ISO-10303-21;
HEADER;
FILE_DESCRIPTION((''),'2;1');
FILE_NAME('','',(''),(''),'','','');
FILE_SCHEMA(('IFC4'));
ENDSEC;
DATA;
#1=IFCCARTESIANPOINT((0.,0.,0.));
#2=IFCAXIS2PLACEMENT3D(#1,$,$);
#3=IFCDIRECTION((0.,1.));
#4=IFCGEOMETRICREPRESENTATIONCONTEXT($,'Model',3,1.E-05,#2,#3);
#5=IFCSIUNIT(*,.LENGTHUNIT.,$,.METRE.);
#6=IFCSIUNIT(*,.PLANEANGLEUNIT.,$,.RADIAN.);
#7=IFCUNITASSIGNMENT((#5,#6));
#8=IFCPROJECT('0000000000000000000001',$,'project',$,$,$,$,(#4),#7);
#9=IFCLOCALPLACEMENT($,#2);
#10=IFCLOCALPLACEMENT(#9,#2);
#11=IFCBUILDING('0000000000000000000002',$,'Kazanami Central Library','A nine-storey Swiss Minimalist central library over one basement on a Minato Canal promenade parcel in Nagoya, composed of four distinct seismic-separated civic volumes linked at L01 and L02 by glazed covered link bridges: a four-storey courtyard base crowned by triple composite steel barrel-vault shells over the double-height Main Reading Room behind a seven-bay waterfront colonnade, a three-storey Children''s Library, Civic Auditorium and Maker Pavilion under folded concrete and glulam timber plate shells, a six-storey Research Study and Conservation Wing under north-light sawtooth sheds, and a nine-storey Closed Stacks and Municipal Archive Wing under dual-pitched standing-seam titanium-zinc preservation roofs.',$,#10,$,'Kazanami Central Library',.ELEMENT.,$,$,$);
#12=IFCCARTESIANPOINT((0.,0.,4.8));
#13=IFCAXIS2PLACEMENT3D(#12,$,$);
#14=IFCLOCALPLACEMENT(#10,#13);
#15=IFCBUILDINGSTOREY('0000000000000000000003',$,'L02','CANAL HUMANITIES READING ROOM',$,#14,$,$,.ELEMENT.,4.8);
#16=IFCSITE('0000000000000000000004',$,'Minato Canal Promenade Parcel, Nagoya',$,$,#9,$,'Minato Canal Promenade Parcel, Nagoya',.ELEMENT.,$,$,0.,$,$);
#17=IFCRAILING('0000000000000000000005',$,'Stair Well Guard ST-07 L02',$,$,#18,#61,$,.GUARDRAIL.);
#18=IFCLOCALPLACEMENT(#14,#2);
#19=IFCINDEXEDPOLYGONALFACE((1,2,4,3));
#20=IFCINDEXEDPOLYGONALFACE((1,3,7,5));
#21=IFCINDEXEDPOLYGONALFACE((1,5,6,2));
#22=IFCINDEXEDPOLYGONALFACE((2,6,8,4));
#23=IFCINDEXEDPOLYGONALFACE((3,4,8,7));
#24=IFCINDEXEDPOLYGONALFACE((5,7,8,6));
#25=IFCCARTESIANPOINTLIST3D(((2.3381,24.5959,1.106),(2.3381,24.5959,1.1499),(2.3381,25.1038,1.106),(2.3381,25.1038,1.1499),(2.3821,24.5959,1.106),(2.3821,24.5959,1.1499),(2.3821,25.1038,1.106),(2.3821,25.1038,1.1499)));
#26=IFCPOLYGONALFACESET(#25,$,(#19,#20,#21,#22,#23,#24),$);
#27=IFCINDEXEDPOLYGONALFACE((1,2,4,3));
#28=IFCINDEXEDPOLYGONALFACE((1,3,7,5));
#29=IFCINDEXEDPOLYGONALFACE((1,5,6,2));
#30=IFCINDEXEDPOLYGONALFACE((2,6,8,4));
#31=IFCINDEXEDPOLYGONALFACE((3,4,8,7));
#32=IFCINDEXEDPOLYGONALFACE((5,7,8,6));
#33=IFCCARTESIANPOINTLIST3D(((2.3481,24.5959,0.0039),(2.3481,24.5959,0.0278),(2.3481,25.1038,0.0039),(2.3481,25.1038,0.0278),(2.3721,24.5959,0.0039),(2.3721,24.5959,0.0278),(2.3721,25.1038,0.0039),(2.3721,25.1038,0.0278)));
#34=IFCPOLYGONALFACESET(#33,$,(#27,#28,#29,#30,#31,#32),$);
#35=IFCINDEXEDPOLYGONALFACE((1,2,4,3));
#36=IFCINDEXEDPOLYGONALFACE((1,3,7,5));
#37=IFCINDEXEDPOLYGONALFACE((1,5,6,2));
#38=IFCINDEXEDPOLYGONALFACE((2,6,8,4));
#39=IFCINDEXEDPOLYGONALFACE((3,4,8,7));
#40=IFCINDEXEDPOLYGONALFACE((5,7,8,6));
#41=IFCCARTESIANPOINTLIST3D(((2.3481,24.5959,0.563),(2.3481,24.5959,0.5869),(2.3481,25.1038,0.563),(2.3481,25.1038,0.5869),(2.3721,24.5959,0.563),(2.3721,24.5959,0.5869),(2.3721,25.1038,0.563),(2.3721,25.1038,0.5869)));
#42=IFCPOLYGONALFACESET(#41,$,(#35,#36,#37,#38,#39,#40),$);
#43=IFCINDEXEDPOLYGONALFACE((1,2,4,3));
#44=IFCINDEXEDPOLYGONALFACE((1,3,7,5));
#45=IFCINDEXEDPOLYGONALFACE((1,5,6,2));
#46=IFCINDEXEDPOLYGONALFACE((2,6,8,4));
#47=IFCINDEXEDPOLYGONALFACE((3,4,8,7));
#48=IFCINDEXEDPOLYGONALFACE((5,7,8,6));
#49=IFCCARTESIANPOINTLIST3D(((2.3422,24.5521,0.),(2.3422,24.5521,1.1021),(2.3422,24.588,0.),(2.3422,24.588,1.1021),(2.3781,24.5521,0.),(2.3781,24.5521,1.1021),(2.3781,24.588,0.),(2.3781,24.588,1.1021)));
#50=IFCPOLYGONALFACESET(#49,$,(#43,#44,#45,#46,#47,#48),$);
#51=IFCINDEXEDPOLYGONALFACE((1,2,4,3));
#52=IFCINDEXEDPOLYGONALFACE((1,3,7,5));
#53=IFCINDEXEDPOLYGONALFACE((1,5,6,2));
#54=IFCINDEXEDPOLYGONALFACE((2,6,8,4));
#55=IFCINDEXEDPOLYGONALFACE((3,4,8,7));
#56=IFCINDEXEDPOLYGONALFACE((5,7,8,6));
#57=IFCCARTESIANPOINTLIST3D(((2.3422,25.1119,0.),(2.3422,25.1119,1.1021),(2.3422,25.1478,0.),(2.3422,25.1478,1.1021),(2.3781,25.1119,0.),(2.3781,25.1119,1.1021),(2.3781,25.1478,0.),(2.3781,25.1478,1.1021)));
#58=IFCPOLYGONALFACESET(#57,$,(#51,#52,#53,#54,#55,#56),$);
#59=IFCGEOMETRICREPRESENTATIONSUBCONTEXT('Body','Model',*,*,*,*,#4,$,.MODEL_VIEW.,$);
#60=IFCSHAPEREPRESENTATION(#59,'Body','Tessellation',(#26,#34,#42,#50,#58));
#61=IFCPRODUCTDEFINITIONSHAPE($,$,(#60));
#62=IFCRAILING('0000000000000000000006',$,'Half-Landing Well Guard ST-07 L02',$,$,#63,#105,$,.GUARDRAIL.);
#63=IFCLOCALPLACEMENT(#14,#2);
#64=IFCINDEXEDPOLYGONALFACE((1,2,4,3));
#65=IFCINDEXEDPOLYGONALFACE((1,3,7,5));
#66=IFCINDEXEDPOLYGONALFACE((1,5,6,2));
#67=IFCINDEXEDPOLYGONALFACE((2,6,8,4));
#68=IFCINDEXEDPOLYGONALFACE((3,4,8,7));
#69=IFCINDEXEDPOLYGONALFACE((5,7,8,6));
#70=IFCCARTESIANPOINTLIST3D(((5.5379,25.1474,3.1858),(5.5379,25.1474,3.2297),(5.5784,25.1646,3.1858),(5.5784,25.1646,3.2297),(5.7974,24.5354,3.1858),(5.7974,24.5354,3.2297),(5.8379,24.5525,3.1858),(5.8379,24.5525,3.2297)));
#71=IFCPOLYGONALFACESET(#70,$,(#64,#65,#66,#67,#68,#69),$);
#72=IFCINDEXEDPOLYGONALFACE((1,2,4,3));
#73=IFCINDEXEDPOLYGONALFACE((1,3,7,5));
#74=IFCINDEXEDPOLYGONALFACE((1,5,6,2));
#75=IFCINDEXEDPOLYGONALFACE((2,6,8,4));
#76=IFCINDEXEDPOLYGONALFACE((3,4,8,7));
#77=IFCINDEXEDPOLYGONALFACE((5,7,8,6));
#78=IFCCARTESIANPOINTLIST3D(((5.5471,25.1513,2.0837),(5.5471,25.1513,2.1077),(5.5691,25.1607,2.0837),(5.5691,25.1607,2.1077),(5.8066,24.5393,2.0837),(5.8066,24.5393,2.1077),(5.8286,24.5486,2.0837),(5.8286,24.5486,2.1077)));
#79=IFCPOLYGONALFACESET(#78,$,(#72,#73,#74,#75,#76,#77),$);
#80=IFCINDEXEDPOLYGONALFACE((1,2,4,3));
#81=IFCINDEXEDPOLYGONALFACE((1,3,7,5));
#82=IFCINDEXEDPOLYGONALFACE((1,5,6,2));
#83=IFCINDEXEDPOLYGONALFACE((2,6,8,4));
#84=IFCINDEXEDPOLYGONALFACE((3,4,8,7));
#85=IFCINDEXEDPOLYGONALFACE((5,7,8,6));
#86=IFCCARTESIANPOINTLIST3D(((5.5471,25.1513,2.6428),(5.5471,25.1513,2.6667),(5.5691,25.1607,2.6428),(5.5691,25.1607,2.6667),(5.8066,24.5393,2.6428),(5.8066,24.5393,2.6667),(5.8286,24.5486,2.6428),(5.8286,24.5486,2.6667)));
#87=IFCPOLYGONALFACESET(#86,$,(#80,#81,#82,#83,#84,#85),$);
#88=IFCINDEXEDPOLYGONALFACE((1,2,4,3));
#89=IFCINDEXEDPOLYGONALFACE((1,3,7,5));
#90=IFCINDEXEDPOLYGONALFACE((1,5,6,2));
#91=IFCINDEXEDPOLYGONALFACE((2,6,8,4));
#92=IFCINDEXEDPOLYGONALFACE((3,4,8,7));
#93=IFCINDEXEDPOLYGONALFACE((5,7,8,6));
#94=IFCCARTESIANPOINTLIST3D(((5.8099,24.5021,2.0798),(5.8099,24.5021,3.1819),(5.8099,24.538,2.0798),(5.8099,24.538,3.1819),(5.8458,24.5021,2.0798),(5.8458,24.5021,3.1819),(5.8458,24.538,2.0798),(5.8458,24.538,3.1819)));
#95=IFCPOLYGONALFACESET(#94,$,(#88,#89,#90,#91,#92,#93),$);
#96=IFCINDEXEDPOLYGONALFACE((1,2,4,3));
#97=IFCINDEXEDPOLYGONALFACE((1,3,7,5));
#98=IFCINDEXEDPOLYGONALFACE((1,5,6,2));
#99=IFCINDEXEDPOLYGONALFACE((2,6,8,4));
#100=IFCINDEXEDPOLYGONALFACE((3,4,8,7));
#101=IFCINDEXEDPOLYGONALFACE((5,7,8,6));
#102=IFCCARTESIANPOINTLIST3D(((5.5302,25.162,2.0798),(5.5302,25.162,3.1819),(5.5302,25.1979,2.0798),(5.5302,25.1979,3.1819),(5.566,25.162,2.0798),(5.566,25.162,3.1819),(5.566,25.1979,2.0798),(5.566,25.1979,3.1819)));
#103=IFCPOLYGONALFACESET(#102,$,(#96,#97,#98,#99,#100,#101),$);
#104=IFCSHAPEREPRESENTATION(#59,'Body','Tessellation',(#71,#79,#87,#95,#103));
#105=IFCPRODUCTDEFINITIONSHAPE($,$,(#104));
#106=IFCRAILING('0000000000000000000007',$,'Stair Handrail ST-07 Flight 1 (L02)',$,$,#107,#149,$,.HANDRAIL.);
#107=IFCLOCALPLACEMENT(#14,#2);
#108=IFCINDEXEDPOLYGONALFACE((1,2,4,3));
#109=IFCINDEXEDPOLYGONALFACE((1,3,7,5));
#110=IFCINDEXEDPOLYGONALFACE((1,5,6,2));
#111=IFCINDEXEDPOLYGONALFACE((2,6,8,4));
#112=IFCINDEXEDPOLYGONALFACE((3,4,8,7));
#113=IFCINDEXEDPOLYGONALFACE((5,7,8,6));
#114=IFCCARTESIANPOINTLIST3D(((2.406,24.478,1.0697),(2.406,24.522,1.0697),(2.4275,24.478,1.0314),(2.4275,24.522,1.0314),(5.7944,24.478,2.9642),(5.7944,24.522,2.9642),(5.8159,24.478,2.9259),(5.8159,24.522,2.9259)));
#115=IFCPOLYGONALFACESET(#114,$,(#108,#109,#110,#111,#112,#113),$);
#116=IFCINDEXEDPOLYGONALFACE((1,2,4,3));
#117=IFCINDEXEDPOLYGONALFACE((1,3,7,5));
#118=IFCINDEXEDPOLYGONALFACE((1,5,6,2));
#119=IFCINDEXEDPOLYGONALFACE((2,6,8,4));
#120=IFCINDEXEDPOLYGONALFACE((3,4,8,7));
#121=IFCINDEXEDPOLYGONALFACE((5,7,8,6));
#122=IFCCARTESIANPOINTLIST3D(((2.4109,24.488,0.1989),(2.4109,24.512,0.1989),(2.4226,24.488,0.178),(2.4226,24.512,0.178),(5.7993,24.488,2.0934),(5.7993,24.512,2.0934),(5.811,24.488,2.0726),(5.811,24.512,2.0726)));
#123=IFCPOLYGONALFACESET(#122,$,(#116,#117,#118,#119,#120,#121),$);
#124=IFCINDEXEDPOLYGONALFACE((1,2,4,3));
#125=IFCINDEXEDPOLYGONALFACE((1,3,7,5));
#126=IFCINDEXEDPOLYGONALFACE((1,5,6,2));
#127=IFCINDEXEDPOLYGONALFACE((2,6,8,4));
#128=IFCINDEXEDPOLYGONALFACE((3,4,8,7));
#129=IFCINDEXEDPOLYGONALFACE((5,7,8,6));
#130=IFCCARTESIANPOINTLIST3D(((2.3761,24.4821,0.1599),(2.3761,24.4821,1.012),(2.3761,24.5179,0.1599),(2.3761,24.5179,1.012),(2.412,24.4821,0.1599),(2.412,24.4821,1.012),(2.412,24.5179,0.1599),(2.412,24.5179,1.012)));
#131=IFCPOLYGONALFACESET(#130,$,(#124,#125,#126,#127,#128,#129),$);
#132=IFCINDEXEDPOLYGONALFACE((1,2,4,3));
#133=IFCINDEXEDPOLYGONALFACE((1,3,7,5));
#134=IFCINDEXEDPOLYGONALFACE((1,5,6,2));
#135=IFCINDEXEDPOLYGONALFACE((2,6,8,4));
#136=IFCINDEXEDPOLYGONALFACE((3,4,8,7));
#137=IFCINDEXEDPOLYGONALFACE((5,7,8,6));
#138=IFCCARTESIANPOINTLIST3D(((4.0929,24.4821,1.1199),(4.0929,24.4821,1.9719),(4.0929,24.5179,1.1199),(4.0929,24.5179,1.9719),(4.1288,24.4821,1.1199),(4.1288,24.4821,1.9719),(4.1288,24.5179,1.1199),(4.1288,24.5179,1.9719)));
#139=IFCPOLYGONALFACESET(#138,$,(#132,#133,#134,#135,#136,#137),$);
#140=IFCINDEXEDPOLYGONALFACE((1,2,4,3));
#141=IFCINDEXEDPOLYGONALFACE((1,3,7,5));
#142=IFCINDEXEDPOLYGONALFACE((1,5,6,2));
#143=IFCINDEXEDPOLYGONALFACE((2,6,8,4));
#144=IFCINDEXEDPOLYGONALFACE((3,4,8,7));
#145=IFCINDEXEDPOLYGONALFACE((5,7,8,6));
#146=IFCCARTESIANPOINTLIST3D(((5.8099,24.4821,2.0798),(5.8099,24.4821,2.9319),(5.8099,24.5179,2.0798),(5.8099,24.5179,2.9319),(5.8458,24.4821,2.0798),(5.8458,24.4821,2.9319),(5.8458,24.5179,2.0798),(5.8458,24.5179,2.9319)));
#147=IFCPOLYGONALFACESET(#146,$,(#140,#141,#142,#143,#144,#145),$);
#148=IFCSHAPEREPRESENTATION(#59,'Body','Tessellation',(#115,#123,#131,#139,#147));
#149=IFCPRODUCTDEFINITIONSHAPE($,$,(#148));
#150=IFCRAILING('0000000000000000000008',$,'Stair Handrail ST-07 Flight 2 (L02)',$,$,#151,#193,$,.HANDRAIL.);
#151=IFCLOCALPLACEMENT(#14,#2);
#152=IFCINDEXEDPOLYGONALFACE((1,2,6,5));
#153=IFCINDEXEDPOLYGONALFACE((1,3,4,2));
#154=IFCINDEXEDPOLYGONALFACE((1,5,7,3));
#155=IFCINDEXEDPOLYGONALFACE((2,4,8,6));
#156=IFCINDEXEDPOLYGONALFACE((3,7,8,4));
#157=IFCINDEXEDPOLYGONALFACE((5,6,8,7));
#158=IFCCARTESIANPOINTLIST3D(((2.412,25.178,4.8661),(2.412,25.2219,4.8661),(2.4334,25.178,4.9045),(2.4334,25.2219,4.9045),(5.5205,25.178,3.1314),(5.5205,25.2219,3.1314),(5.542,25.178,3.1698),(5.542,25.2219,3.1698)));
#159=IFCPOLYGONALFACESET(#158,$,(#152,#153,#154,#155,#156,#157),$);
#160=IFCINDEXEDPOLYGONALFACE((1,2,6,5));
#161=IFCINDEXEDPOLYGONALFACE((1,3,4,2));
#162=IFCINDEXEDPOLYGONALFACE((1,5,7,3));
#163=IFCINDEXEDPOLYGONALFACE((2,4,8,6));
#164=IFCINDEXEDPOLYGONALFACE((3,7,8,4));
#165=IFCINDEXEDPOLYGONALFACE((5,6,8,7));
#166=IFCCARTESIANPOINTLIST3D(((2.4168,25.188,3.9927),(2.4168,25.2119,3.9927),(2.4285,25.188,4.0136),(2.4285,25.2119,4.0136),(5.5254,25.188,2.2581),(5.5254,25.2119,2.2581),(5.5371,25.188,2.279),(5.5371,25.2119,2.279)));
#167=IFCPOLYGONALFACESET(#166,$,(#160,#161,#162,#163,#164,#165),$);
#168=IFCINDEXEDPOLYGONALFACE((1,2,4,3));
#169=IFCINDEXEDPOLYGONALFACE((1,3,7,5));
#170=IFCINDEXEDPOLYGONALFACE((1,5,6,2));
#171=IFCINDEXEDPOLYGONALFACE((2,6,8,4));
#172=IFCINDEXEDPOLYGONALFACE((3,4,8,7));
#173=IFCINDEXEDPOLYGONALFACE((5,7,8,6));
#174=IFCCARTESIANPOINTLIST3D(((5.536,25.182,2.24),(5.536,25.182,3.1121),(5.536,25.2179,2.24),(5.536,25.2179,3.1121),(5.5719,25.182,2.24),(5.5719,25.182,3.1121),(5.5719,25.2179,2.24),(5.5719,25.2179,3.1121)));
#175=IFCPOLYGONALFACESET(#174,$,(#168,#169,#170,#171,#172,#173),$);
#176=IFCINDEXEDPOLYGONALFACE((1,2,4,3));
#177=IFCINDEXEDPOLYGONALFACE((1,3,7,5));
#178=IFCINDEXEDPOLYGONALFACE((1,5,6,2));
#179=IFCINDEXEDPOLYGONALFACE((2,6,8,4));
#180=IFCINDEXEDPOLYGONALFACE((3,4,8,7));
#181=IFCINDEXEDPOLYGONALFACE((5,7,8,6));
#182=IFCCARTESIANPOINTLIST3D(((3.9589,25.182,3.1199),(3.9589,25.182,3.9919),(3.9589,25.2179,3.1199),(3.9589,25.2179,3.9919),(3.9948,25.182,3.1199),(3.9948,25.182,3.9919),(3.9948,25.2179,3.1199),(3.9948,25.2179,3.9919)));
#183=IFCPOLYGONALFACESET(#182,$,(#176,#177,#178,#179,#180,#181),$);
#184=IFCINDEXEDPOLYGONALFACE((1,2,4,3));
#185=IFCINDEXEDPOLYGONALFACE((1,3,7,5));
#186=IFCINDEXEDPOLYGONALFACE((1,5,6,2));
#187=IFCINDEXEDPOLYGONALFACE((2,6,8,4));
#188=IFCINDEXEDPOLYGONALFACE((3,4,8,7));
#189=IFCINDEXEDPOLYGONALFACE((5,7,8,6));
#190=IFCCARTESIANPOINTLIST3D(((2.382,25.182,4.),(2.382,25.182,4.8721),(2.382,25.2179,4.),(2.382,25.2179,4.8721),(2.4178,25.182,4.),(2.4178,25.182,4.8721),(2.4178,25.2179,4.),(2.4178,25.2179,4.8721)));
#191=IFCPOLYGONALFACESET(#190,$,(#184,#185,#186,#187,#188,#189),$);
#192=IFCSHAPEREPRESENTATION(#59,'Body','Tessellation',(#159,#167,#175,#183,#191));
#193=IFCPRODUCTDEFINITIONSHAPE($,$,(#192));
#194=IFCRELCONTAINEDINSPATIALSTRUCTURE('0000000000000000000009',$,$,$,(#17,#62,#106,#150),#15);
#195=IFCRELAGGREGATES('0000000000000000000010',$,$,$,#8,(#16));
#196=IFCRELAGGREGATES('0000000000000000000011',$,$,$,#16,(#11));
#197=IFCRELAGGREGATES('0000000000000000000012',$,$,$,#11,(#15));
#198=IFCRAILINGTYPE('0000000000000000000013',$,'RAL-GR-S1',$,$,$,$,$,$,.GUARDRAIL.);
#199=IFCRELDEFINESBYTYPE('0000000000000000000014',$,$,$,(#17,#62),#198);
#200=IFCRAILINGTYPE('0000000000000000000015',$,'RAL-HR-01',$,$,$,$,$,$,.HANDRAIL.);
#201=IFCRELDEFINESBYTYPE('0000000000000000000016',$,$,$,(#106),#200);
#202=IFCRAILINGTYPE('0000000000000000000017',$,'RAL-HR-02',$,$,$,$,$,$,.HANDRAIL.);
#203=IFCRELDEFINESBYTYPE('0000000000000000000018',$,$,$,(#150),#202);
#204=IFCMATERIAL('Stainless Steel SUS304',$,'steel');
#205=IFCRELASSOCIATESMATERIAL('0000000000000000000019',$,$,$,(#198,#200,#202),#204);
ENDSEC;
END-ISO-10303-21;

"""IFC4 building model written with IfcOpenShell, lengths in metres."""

from ifc_helpers import new_model, si_unit, direction, frame, origin, origin_2d, place, context, subcontext, project, spatial, rectangle, extrude, material, type_object, element, save


model = new_model("IFC4")

# Units and contexts
model_context = context("Model", 3, precision=1e-05, world=origin(), true_north=direction((0.0, 1.0)))
body_context = subcontext(model_context, "Body", "Model", "MODEL_VIEW")
ifc_project = project(units=[si_unit("LENGTHUNIT", "METRE"), si_unit("PLANEANGLEUNIT", "RADIAN")], contexts=[model_context])

# Site, building, storey
site_placement = place(None, origin())
site = spatial("IfcSite", under=ifc_project, at=site_placement, Name="Minato Canal Promenade Parcel, Nagoya", LongName="Minato Canal Promenade Parcel, Nagoya", CompositionType="ELEMENT", RefElevation=0.0)
building_placement = place(site_placement, origin())
building = spatial("IfcBuilding", under=site, at=building_placement, Name="Kazanami Central Library", Description="A nine-storey Swiss Minimalist central library over one basement on a Minato Canal promenade parcel in Nagoya, composed of four distinct seismic-separated civic volumes linked at L01 and L02 by glazed covered link bridges: a four-storey courtyard base crowned by triple composite steel barrel-vault shells over the double-height Main Reading Room behind a seven-bay waterfront colonnade, a three-storey Children's Library, Civic Auditorium and Maker Pavilion under folded concrete and glulam timber plate shells, a six-storey Research Study and Conservation Wing under north-light sawtooth sheds, and a nine-storey Closed Stacks and Municipal Archive Wing under dual-pitched standing-seam titanium-zinc preservation roofs.", LongName="Kazanami Central Library", CompositionType="ELEMENT")
storey_placement = place(building_placement, frame((0.0, 0.0, 4.8)))
storey = spatial("IfcBuildingStorey", under=building, at=storey_placement, Name="L02", Description="CANAL HUMANITIES READING ROOM", CompositionType="ELEMENT", Elevation=4.8)

# Railings
ifc_material_1 = material(Name="Stainless Steel SUS304", Category="steel")
railing_type_1 = type_object("IfcRailingType", Name="RAL-GR-S1", PredefinedType="GUARDRAIL", material=ifc_material_1)
railing_1_placement = place(storey_placement, frame((2.3601, 24.5701, 0.0)))
element("IfcRailing", 1, at=railing_1_placement, inside=storey, type_object=railing_type_1, Name="Stair Well Guard ST-07 L02", PredefinedType="GUARDRAIL", context=body_context, shape_type="SweptSolid", body=[
    extrude(rectangle(XDim=0.0439, YDim=0.0439, at=origin_2d()), frame((0.0, 0.0259, 1.1279), z_axis=(0.0, 1.0, 0.0), x_axis=(-1.0, 0.0, 0.0)), (0.0, 0.0, 1.0), 0.5078),
    extrude(rectangle(XDim=0.0239, YDim=0.0239, at=origin_2d()), frame((0.0, 0.0259, 0.0159), z_axis=(0.0, 1.0, 0.0), x_axis=(-1.0, 0.0, 0.0)), (0.0, 0.0, 1.0), 0.5078),
    extrude(rectangle(XDim=0.0239, YDim=0.0239, at=origin_2d()), frame((0.0, 0.0259, 0.575), z_axis=(0.0, 1.0, 0.0), x_axis=(-1.0, 0.0, 0.0)), (0.0, 0.0, 1.0), 0.5078),
    extrude(rectangle(XDim=0.0359, YDim=0.0359, at=origin_2d()), origin(), (0.0, 0.0, 1.0), 1.1021),
    extrude(rectangle(XDim=0.0359, YDim=0.0359, at=origin_2d()), frame((0.0, 0.5598, 0.0)), (0.0, 0.0, 1.0), 1.1021),
])
railing_2_placement = place(storey_placement, frame((5.8279, 24.52, 2.0798)))
element("IfcRailing", 2, at=railing_2_placement, inside=storey, type_object=railing_type_1, Name="Half-Landing Well Guard ST-07 L02", PredefinedType="GUARDRAIL", context=body_context, shape_type="SweptSolid", body=[
    extrude(rectangle(XDim=0.0439, YDim=0.0439, at=origin_2d()), frame((-0.0103, 0.0239, 1.1279), z_axis=(-0.39034, 0.920671, 0.0), x_axis=(-0.920671, -0.39034, 0.0)), (0.0, 0.0, 1.0), 0.6648),
    extrude(rectangle(XDim=0.0239, YDim=0.0239, at=origin_2d()), frame((-0.0103, 0.0239, 0.0159), z_axis=(-0.39034, 0.920671, 0.0), x_axis=(-0.920671, -0.39034, 0.0)), (0.0, 0.0, 1.0), 0.6648),
    extrude(rectangle(XDim=0.0239, YDim=0.0239, at=origin_2d()), frame((-0.0103, 0.0239, 0.575), z_axis=(-0.39034, 0.920671, 0.0), x_axis=(-0.920671, -0.39034, 0.0)), (0.0, 0.0, 1.0), 0.6648),
    extrude(rectangle(XDim=0.0359, YDim=0.0359, at=origin_2d()), origin(), (0.0, 0.0, 1.0), 1.1021),
    extrude(rectangle(XDim=0.0359, YDim=0.0359, at=origin_2d()), frame((-0.2798, 0.6599, 0.0)), (0.0, 0.0, 1.0), 1.1021),
])
railing_type_2 = type_object("IfcRailingType", Name="RAL-HR-01", PredefinedType="HANDRAIL", material=ifc_material_1)
railing_3_placement = place(storey_placement, frame((2.394, 24.5, 0.1599)))
element("IfcRailing", 3, at=railing_3_placement, inside=storey, type_object=railing_type_2, Name="Stair Handrail ST-07 Flight 1 (L02)", PredefinedType="HANDRAIL", context=body_context, shape_type="SweptSolid", body=[
    extrude(rectangle(XDim=0.0439, YDim=0.0439, at=origin_2d()), frame((0.0227, 0.0, 0.8906), z_axis=(0.872834, 0.0, 0.488017), x_axis=(0.0, 1.0, 0.0)), (0.0, 0.0, 1.0), 3.8821),
    extrude(rectangle(XDim=0.0239, YDim=0.0239, at=origin_2d()), frame((0.0227, 0.0, 0.0286), z_axis=(0.872834, 0.0, 0.488017), x_axis=(0.0, 1.0, 0.0)), (0.0, 0.0, 1.0), 3.8821),
    extrude(rectangle(XDim=0.0359, YDim=0.0359, at=origin_2d()), origin(), (0.0, 0.0, 1.0), 0.8521),
    extrude(rectangle(XDim=0.0359, YDim=0.0359, at=origin_2d()), frame((1.7168, 0.0, 0.96)), (0.0, 0.0, 1.0), 0.8521),
    extrude(rectangle(XDim=0.0359, YDim=0.0359, at=origin_2d()), frame((3.4338, 0.0, 1.9199)), (0.0, 0.0, 1.0), 0.8521),
])
railing_type_3 = type_object("IfcRailingType", Name="RAL-HR-02", PredefinedType="HANDRAIL", material=ifc_material_1)
railing_4_placement = place(storey_placement, frame((5.554, 25.2, 2.24)))
element("IfcRailing", 4, at=railing_4_placement, inside=storey, type_object=railing_type_3, Name="Stair Handrail ST-07 Flight 2 (L02)", PredefinedType="HANDRAIL", context=body_context, shape_type="SweptSolid", body=[
    extrude(rectangle(XDim=0.0439, YDim=0.0439, at=origin_2d()), frame((-0.0227, 0.0, 0.9106), z_axis=(-0.873244, 0.0, 0.487283), x_axis=(0.0, -1.0, 0.0)), (0.0, 0.0, 1.0), 3.5598),
    extrude(rectangle(XDim=0.0239, YDim=0.0239, at=origin_2d()), frame((-0.0227, 0.0, 0.0286), z_axis=(-0.873244, 0.0, 0.487283), x_axis=(0.0, -1.0, 0.0)), (0.0, 0.0, 1.0), 3.5598),
    extrude(rectangle(XDim=0.0359, YDim=0.0359, at=origin_2d()), origin(), (0.0, 0.0, 1.0), 0.8721),
    extrude(rectangle(XDim=0.0359, YDim=0.0359, at=origin_2d()), frame((-1.5771, 0.0, 0.8799)), (0.0, 0.0, 1.0), 0.8721),
    extrude(rectangle(XDim=0.0359, YDim=0.0359, at=origin_2d()), frame((-3.1541, 0.0, 1.76)), (0.0, 0.0, 1.0), 0.8721),
])

save(model, "model.ifc")
